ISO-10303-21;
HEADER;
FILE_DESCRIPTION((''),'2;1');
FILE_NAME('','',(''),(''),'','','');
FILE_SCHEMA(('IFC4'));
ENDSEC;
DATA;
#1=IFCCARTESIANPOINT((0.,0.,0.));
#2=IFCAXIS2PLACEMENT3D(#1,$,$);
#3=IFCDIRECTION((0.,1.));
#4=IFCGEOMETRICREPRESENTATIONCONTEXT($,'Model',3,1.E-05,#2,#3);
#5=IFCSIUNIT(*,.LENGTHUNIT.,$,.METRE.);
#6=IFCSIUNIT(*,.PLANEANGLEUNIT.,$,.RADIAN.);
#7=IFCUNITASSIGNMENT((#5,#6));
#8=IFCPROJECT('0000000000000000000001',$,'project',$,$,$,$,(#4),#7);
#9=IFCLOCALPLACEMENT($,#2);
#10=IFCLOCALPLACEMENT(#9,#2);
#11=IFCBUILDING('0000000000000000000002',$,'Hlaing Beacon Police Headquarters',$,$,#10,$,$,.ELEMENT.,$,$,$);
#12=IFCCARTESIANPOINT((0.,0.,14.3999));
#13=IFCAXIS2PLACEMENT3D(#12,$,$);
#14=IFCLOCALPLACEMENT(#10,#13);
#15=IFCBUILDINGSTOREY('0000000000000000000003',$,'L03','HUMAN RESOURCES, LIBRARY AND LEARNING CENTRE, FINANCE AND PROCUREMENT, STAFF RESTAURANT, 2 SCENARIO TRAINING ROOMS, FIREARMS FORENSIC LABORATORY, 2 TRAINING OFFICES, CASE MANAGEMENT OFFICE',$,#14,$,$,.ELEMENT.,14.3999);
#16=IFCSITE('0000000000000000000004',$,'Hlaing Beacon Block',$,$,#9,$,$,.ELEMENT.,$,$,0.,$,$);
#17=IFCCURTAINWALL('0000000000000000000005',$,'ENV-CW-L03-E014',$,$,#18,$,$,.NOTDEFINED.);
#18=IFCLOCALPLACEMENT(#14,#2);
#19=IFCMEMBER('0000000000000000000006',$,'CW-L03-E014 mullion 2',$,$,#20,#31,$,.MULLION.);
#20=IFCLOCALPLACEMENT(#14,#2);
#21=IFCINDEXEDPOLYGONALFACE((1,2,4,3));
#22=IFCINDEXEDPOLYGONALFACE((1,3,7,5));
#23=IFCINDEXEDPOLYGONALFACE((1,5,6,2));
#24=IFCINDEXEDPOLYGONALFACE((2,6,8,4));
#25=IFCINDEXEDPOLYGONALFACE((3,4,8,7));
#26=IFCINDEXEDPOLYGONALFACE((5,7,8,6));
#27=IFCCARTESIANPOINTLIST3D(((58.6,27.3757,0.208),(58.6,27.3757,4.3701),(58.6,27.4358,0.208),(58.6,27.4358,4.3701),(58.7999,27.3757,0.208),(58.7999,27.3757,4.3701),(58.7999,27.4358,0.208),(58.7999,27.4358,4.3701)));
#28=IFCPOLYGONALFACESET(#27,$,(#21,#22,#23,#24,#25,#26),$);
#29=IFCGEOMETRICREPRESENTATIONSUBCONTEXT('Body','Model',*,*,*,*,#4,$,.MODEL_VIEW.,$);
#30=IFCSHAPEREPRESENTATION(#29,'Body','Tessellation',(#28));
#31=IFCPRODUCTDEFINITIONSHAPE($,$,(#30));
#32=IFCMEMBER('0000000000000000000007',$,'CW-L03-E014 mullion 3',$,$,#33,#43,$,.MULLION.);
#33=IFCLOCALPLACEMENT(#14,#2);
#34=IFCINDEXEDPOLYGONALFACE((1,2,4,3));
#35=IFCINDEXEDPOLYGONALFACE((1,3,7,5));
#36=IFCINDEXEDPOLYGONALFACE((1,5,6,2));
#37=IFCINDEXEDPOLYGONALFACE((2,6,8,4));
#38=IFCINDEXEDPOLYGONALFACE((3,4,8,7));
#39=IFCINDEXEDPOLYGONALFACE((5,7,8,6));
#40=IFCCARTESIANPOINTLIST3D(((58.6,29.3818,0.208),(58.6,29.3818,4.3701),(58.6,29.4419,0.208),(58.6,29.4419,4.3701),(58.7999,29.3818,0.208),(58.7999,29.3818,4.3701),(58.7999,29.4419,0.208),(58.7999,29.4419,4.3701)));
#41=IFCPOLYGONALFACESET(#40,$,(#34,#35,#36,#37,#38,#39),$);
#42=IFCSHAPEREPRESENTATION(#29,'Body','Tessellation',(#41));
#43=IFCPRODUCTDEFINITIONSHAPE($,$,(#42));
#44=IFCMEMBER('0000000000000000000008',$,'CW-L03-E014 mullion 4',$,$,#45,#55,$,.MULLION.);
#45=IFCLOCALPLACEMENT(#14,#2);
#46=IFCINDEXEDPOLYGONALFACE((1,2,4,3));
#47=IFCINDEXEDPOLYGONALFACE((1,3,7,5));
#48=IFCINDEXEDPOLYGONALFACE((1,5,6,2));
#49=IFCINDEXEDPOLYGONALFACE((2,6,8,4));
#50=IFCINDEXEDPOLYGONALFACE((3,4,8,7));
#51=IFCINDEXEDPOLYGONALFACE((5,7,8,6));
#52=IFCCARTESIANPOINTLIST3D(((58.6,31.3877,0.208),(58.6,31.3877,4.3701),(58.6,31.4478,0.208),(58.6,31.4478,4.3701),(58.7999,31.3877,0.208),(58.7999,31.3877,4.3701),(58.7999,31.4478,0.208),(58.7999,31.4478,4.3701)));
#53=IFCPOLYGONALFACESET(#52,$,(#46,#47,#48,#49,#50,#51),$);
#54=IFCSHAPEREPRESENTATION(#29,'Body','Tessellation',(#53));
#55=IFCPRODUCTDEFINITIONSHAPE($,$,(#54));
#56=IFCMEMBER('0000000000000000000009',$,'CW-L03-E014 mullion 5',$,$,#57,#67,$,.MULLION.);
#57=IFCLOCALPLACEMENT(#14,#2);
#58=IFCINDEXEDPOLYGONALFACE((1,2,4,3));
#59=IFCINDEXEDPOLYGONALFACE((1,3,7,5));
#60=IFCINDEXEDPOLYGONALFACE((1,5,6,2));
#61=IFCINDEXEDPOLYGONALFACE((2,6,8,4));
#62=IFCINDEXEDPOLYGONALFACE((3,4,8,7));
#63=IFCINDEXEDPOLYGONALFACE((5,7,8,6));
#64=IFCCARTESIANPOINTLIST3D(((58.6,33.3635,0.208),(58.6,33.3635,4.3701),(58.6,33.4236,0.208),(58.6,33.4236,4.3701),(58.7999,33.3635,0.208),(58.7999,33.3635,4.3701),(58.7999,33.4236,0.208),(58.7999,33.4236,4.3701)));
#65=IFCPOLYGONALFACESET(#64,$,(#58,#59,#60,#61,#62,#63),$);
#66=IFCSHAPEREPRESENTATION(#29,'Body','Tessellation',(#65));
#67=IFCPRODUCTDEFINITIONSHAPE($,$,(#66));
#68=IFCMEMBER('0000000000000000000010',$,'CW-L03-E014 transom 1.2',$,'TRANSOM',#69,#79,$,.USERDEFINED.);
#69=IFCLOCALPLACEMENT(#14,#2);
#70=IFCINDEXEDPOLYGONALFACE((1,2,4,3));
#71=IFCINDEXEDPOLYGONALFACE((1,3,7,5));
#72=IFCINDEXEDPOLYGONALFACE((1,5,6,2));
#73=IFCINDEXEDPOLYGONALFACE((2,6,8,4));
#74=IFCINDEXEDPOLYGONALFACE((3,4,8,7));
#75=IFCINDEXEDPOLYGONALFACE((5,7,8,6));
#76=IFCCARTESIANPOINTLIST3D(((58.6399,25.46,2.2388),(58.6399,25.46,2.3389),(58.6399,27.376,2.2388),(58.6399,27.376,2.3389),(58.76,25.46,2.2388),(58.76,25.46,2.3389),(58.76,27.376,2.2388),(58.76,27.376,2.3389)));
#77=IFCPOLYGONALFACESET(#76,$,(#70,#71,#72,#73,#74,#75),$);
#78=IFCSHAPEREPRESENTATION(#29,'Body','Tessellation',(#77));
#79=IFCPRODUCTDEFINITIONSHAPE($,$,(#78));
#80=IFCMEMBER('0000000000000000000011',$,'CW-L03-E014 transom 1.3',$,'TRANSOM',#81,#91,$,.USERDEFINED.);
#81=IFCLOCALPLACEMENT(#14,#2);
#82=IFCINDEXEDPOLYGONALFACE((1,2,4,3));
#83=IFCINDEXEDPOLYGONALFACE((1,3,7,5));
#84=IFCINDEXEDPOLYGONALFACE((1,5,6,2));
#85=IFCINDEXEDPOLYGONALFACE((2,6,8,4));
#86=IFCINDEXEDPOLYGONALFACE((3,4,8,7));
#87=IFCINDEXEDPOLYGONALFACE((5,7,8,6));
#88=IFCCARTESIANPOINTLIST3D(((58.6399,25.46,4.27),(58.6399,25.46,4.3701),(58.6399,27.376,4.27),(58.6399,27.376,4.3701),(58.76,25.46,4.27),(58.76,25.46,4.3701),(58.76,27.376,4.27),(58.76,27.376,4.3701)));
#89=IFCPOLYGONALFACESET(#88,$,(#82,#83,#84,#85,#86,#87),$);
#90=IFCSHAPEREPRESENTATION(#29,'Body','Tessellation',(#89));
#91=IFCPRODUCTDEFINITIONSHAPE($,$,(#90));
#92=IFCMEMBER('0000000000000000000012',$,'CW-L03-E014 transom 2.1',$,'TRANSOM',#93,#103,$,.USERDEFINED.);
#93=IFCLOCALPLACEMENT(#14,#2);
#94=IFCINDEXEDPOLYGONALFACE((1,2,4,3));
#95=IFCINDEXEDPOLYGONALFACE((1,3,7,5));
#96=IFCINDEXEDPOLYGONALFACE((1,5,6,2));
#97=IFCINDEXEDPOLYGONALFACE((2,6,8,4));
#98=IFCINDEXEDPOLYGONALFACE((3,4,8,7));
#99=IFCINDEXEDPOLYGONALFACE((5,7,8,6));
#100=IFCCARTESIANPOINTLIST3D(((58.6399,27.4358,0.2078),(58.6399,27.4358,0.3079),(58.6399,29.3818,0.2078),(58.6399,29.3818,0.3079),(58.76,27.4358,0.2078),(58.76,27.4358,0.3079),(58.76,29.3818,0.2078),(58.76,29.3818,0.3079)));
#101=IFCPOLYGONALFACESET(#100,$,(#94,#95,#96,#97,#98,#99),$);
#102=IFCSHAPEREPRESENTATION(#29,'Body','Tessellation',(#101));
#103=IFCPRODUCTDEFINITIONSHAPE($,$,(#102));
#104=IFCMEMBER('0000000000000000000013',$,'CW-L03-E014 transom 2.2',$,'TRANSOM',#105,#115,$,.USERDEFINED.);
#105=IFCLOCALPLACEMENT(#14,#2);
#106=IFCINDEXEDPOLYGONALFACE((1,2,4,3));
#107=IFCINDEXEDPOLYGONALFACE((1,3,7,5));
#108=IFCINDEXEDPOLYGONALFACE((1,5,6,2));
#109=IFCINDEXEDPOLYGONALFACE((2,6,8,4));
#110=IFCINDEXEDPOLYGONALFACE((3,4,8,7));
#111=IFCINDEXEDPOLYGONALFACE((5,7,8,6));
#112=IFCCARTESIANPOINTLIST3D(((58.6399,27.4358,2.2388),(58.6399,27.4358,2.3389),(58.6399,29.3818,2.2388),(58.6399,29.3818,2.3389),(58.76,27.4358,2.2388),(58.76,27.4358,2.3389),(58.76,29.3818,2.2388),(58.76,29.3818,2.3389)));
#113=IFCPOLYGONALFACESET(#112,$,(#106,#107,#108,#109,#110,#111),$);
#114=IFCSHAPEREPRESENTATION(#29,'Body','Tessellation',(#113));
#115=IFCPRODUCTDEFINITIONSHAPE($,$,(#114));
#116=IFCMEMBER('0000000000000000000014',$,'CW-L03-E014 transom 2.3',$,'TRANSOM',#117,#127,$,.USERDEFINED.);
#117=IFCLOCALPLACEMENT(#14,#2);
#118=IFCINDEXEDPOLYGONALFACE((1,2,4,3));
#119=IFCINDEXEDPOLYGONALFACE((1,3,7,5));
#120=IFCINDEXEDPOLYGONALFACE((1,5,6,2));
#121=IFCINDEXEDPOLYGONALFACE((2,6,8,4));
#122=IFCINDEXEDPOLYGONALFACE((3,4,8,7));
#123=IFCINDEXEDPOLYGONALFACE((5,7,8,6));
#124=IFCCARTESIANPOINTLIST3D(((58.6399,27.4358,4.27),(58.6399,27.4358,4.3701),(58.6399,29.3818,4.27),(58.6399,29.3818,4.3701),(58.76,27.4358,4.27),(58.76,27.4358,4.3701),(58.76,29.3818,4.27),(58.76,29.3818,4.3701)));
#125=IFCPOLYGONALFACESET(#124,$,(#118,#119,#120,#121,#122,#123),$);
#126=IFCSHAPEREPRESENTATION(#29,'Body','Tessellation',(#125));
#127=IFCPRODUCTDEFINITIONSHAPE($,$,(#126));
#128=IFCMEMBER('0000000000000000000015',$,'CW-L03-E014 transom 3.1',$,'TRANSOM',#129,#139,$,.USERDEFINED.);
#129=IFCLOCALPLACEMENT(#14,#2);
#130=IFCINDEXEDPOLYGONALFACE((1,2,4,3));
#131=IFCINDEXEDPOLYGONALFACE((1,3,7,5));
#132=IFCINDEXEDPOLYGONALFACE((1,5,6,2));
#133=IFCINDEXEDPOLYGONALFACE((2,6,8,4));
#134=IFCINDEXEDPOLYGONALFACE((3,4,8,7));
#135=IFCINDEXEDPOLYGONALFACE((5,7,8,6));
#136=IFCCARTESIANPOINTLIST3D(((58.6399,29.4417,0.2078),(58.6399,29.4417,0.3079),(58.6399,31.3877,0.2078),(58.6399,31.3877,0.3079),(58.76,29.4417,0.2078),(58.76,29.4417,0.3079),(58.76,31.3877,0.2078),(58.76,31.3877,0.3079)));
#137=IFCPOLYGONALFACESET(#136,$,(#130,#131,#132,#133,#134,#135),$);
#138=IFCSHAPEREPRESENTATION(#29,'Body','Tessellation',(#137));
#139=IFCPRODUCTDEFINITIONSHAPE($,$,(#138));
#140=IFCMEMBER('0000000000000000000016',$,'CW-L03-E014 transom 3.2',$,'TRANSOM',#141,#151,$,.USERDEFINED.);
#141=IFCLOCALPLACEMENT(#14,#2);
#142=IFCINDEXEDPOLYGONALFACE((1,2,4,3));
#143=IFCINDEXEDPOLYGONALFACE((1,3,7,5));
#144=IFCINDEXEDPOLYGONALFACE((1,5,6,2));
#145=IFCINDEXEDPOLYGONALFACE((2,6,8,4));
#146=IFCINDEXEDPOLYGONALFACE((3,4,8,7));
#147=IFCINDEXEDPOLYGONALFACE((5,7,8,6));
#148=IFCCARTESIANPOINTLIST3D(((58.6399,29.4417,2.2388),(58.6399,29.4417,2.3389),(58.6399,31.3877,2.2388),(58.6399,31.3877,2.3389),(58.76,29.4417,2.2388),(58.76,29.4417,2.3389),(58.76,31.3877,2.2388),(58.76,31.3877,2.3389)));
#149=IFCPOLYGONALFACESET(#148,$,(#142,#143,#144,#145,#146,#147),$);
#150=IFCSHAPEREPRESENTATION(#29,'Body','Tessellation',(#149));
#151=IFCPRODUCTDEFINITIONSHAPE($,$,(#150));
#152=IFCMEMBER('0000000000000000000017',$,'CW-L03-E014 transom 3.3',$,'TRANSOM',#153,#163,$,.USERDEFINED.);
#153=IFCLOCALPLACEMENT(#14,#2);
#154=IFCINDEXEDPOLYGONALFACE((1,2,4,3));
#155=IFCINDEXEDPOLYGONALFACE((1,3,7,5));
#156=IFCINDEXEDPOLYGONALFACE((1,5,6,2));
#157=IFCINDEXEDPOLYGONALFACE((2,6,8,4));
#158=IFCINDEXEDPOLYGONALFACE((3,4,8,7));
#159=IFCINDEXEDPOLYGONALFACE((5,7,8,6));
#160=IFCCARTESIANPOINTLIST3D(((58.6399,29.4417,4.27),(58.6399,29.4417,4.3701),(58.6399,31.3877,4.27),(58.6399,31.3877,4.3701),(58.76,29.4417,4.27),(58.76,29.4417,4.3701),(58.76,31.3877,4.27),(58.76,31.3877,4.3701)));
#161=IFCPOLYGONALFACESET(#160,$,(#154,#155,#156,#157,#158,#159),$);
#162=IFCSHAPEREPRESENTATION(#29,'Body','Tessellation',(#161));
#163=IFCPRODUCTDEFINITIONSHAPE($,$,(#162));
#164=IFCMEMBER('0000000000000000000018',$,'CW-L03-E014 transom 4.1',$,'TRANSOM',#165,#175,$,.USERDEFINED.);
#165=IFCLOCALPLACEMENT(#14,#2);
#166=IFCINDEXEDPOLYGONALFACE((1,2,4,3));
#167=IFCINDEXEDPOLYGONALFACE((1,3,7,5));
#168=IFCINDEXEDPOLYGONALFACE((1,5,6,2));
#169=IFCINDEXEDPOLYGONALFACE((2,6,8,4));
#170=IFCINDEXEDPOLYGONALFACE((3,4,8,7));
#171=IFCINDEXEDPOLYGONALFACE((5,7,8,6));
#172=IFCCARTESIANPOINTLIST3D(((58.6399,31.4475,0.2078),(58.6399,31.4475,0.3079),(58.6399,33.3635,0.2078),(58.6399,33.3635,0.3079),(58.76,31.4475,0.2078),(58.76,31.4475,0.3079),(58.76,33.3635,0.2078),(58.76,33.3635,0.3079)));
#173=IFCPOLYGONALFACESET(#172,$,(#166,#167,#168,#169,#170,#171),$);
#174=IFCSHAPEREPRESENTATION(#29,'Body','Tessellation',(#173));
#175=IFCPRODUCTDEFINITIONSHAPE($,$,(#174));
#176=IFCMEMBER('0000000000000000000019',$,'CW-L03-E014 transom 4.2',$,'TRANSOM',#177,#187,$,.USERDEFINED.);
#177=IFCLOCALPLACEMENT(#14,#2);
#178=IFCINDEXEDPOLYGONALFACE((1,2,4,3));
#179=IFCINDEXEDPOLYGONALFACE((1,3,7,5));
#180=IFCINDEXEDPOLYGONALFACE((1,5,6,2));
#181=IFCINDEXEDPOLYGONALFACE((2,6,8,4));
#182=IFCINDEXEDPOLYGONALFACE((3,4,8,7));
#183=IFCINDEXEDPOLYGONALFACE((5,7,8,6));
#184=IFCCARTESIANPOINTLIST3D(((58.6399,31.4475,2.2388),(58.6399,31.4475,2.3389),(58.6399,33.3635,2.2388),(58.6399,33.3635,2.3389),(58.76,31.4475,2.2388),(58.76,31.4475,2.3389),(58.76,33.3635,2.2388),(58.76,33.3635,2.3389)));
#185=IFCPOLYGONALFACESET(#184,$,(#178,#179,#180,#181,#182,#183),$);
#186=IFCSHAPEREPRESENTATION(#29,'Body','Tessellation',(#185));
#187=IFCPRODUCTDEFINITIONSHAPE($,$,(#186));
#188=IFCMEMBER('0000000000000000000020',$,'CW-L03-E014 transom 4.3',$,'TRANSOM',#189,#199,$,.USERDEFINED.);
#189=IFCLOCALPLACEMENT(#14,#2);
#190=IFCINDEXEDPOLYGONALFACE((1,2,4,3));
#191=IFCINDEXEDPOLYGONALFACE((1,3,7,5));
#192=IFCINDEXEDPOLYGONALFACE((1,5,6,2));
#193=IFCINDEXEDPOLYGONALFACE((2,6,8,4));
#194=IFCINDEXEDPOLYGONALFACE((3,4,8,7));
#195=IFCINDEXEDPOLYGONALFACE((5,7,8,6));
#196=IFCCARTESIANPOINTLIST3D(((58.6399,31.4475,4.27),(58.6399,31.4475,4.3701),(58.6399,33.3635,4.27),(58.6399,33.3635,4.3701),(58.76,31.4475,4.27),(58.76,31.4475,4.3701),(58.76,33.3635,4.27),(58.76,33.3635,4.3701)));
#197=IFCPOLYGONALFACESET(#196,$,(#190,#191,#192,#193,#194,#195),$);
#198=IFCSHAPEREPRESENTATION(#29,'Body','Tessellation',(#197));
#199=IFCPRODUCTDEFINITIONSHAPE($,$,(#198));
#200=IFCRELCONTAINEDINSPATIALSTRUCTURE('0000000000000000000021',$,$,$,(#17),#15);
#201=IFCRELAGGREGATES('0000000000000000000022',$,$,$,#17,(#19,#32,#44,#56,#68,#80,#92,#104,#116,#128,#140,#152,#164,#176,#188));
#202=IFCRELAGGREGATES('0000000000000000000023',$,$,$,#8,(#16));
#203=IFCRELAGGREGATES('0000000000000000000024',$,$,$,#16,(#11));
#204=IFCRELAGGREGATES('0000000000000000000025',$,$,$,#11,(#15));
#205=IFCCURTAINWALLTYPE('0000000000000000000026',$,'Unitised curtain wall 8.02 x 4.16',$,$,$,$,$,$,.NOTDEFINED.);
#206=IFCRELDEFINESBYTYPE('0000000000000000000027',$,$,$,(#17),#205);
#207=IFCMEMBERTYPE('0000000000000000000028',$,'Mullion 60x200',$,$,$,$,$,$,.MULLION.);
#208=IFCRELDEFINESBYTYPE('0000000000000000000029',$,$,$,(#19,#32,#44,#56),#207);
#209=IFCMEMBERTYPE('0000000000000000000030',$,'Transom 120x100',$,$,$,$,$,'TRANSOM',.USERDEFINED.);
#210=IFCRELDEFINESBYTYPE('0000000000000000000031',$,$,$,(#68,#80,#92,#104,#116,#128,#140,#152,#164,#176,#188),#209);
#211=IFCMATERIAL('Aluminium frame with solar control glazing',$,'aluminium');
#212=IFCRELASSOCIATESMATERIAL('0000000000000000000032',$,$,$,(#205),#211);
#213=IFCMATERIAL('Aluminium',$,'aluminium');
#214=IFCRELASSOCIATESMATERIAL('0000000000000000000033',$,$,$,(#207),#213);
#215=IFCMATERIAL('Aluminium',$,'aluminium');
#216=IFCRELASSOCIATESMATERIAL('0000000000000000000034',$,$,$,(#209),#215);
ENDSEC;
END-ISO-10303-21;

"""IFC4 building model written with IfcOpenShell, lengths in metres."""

from ifc_helpers import new_model, si_unit, direction, frame, origin, origin_2d, place, context, subcontext, project, spatial, rectangle, extrude, material, material_profile, profile_set, type_object, element, aggregate, save


model = new_model("IFC4")

# Units and contexts
model_context = context("Model", 3, precision=1e-05, world=origin(), true_north=direction((0.0, 1.0)))
body_context = subcontext(model_context, "Body", "Model", "MODEL_VIEW")
ifc_project = project(units=[si_unit("LENGTHUNIT", "METRE"), si_unit("PLANEANGLEUNIT", "RADIAN")], contexts=[model_context])

# Site, building, storey
site_placement = place(None, origin())
site = spatial("IfcSite", under=ifc_project, at=site_placement, Name="Hlaing Beacon Block", CompositionType="ELEMENT", RefElevation=0.0)
building_placement = place(site_placement, origin())
building = spatial("IfcBuilding", under=site, at=building_placement, Name="Hlaing Beacon Police Headquarters", CompositionType="ELEMENT")
storey_placement = place(building_placement, frame((0.0, 0.0, 14.3999)))
storey = spatial("IfcBuildingStorey", under=building, at=storey_placement, Name="L03", Description="HUMAN RESOURCES, LIBRARY AND LEARNING CENTRE, FINANCE AND PROCUREMENT, STAFF RESTAURANT, 2 SCENARIO TRAINING ROOMS, FIREARMS FORENSIC LABORATORY, 2 TRAINING OFFICES, CASE MANAGEMENT OFFICE", CompositionType="ELEMENT", Elevation=14.3999)

# Curtain wall, members
ifc_material_1 = material(Name="Aluminium frame with solar control glazing", Category="aluminium")
curtain_wall_type = type_object("IfcCurtainWallType", Name="Unitised curtain wall 8.02 x 4.16", PredefinedType="NOTDEFINED", material=ifc_material_1)
curtain_wall_placement = place(storey_placement, origin())
curtain_wall = element("IfcCurtainWall", 1, at=curtain_wall_placement, inside=storey, type_object=curtain_wall_type, Name="ENV-CW-L03-E014", PredefinedType="NOTDEFINED")
ifc_material_2 = material(Name="Aluminium", Category="aluminium")
ifc_material_profile_1 = material_profile(ifc_material_2, rectangle(XDim=0.2, YDim=0.0601, at=origin_2d()), Name="Mullion 60x200")
ifc_profile_set_1 = profile_set([ifc_material_profile_1], Name="Aluminium")
member_type_1 = type_object("IfcMemberType", Name="Mullion 60x200", PredefinedType="MULLION", material=ifc_profile_set_1)
member_1_placement = place(storey_placement, frame((58.7, 27.4058, 0.208), z_axis=(0.0, 0.0, 1.0), x_axis=(-1.0, 0.0, 0.0)))
member_1 = element("IfcMember", 2, at=member_1_placement, type_object=member_type_1, Name="CW-L03-E014 mullion 2", PredefinedType="MULLION", context=body_context, shape_type="SweptSolid", body=[
    extrude(rectangle(XDim=0.2, YDim=0.0601, at=origin_2d()), origin(), (0.0, 0.0, 1.0), 4.1621),
])
member_2_placement = place(storey_placement, frame((58.7, 29.4119, 0.208), z_axis=(0.0, 0.0, 1.0), x_axis=(-1.0, 0.0, 0.0)))
member_2 = element("IfcMember", 3, at=member_2_placement, type_object=member_type_1, Name="CW-L03-E014 mullion 3", PredefinedType="MULLION", context=body_context, shape_type="SweptSolid", body=[
    extrude(rectangle(XDim=0.2, YDim=0.0601, at=origin_2d()), origin(), (0.0, 0.0, 1.0), 4.1621),
])
member_3_placement = place(storey_placement, frame((58.7, 31.4177, 0.208), z_axis=(0.0, 0.0, 1.0), x_axis=(-1.0, 0.0, 0.0)))
member_3 = element("IfcMember", 4, at=member_3_placement, type_object=member_type_1, Name="CW-L03-E014 mullion 4", PredefinedType="MULLION", context=body_context, shape_type="SweptSolid", body=[
    extrude(rectangle(XDim=0.2, YDim=0.0601, at=origin_2d()), origin(), (0.0, 0.0, 1.0), 4.1621),
])
member_4_placement = place(storey_placement, frame((58.7, 33.3936, 0.208), z_axis=(0.0, 0.0, 1.0), x_axis=(-1.0, 0.0, 0.0)))
member_4 = element("IfcMember", 5, at=member_4_placement, type_object=member_type_1, Name="CW-L03-E014 mullion 5", PredefinedType="MULLION", context=body_context, shape_type="SweptSolid", body=[
    extrude(rectangle(XDim=0.2, YDim=0.0601, at=origin_2d()), origin(), (0.0, 0.0, 1.0), 4.1621),
])
ifc_material_3 = material(Name="Aluminium", Category="aluminium")
ifc_material_profile_2 = material_profile(ifc_material_3, rectangle(XDim=0.1201, YDim=0.1001, at=origin_2d()), Name="Transom 120x100")
ifc_profile_set_2 = profile_set([ifc_material_profile_2], Name="Aluminium")
member_type_2 = type_object("IfcMemberType", Name="Transom 120x100", ElementType="TRANSOM", PredefinedType="USERDEFINED", material=ifc_profile_set_2)
member_5_placement = place(storey_placement, frame((58.7, 25.46, 2.2888), z_axis=(0.0, 1.0, 0.0), x_axis=(-1.0, 0.0, 0.0)))
member_5 = element("IfcMember", 6, at=member_5_placement, type_object=member_type_2, Name="CW-L03-E014 transom 1.2", ObjectType="TRANSOM", PredefinedType="USERDEFINED", context=body_context, shape_type="SweptSolid", body=[
    extrude(rectangle(XDim=0.1201, YDim=0.1001, at=origin_2d()), origin(), (0.0, 0.0, 1.0), 1.916),
])
member_6_placement = place(storey_placement, frame((58.7, 25.46, 4.3201), z_axis=(0.0, 1.0, 0.0), x_axis=(-1.0, 0.0, 0.0)))
member_6 = element("IfcMember", 7, at=member_6_placement, type_object=member_type_2, Name="CW-L03-E014 transom 1.3", ObjectType="TRANSOM", PredefinedType="USERDEFINED", context=body_context, shape_type="SweptSolid", body=[
    extrude(rectangle(XDim=0.1201, YDim=0.1001, at=origin_2d()), origin(), (0.0, 0.0, 1.0), 1.916),
])
member_7_placement = place(storey_placement, frame((58.7, 27.4358, 0.2578), z_axis=(0.0, 1.0, 0.0), x_axis=(-1.0, 0.0, 0.0)))
member_7 = element("IfcMember", 8, at=member_7_placement, type_object=member_type_2, Name="CW-L03-E014 transom 2.1", ObjectType="TRANSOM", PredefinedType="USERDEFINED", context=body_context, shape_type="SweptSolid", body=[
    extrude(rectangle(XDim=0.1201, YDim=0.1001, at=origin_2d()), origin(), (0.0, 0.0, 1.0), 1.946),
])
member_8_placement = place(storey_placement, frame((58.7, 27.4358, 2.2888), z_axis=(0.0, 1.0, 0.0), x_axis=(-1.0, 0.0, 0.0)))
member_8 = element("IfcMember", 9, at=member_8_placement, type_object=member_type_2, Name="CW-L03-E014 transom 2.2", ObjectType="TRANSOM", PredefinedType="USERDEFINED", context=body_context, shape_type="SweptSolid", body=[
    extrude(rectangle(XDim=0.1201, YDim=0.1001, at=origin_2d()), origin(), (0.0, 0.0, 1.0), 1.946),
])
member_9_placement = place(storey_placement, frame((58.7, 27.4358, 4.3201), z_axis=(0.0, 1.0, 0.0), x_axis=(-1.0, 0.0, 0.0)))
member_9 = element("IfcMember", 10, at=member_9_placement, type_object=member_type_2, Name="CW-L03-E014 transom 2.3", ObjectType="TRANSOM", PredefinedType="USERDEFINED", context=body_context, shape_type="SweptSolid", body=[
    extrude(rectangle(XDim=0.1201, YDim=0.1001, at=origin_2d()), origin(), (0.0, 0.0, 1.0), 1.946),
])
member_10_placement = place(storey_placement, frame((58.7, 29.4417, 0.2578), z_axis=(0.0, 1.0, 0.0), x_axis=(-1.0, 0.0, 0.0)))
member_10 = element("IfcMember", 11, at=member_10_placement, type_object=member_type_2, Name="CW-L03-E014 transom 3.1", ObjectType="TRANSOM", PredefinedType="USERDEFINED", context=body_context, shape_type="SweptSolid", body=[
    extrude(rectangle(XDim=0.1201, YDim=0.1001, at=origin_2d()), origin(), (0.0, 0.0, 1.0), 1.946),
])
member_11_placement = place(storey_placement, frame((58.7, 29.4417, 2.2888), z_axis=(0.0, 1.0, 0.0), x_axis=(-1.0, 0.0, 0.0)))
member_11 = element("IfcMember", 12, at=member_11_placement, type_object=member_type_2, Name="CW-L03-E014 transom 3.2", ObjectType="TRANSOM", PredefinedType="USERDEFINED", context=body_context, shape_type="SweptSolid", body=[
    extrude(rectangle(XDim=0.1201, YDim=0.1001, at=origin_2d()), origin(), (0.0, 0.0, 1.0), 1.946),
])
member_12_placement = place(storey_placement, frame((58.7, 29.4417, 4.3201), z_axis=(0.0, 1.0, 0.0), x_axis=(-1.0, 0.0, 0.0)))
member_12 = element("IfcMember", 13, at=member_12_placement, type_object=member_type_2, Name="CW-L03-E014 transom 3.3", ObjectType="TRANSOM", PredefinedType="USERDEFINED", context=body_context, shape_type="SweptSolid", body=[
    extrude(rectangle(XDim=0.1201, YDim=0.1001, at=origin_2d()), origin(), (0.0, 0.0, 1.0), 1.946),
])
member_13_placement = place(storey_placement, frame((58.7, 31.4475, 0.2578), z_axis=(0.0, 1.0, 0.0), x_axis=(-1.0, 0.0, 0.0)))
member_13 = element("IfcMember", 14, at=member_13_placement, type_object=member_type_2, Name="CW-L03-E014 transom 4.1", ObjectType="TRANSOM", PredefinedType="USERDEFINED", context=body_context, shape_type="SweptSolid", body=[
    extrude(rectangle(XDim=0.1201, YDim=0.1001, at=origin_2d()), origin(), (0.0, 0.0, 1.0), 1.916),
])
member_14_placement = place(storey_placement, frame((58.7, 31.4475, 2.2888), z_axis=(0.0, 1.0, 0.0), x_axis=(-1.0, 0.0, 0.0)))
member_14 = element("IfcMember", 15, at=member_14_placement, type_object=member_type_2, Name="CW-L03-E014 transom 4.2", ObjectType="TRANSOM", PredefinedType="USERDEFINED", context=body_context, shape_type="SweptSolid", body=[
    extrude(rectangle(XDim=0.1201, YDim=0.1001, at=origin_2d()), origin(), (0.0, 0.0, 1.0), 1.916),
])
member_15_placement = place(storey_placement, frame((58.7, 31.4475, 4.3201), z_axis=(0.0, 1.0, 0.0), x_axis=(-1.0, 0.0, 0.0)))
member_15 = element("IfcMember", 16, at=member_15_placement, type_object=member_type_2, Name="CW-L03-E014 transom 4.3", ObjectType="TRANSOM", PredefinedType="USERDEFINED", context=body_context, shape_type="SweptSolid", body=[
    extrude(rectangle(XDim=0.1201, YDim=0.1001, at=origin_2d()), origin(), (0.0, 0.0, 1.0), 1.916),
])
aggregate(curtain_wall, [member_1, member_2, member_3, member_4, member_5, member_6, member_7, member_8, member_9, member_10, member_11, member_12, member_13, member_14, member_15])

save(model, "model.ifc")
